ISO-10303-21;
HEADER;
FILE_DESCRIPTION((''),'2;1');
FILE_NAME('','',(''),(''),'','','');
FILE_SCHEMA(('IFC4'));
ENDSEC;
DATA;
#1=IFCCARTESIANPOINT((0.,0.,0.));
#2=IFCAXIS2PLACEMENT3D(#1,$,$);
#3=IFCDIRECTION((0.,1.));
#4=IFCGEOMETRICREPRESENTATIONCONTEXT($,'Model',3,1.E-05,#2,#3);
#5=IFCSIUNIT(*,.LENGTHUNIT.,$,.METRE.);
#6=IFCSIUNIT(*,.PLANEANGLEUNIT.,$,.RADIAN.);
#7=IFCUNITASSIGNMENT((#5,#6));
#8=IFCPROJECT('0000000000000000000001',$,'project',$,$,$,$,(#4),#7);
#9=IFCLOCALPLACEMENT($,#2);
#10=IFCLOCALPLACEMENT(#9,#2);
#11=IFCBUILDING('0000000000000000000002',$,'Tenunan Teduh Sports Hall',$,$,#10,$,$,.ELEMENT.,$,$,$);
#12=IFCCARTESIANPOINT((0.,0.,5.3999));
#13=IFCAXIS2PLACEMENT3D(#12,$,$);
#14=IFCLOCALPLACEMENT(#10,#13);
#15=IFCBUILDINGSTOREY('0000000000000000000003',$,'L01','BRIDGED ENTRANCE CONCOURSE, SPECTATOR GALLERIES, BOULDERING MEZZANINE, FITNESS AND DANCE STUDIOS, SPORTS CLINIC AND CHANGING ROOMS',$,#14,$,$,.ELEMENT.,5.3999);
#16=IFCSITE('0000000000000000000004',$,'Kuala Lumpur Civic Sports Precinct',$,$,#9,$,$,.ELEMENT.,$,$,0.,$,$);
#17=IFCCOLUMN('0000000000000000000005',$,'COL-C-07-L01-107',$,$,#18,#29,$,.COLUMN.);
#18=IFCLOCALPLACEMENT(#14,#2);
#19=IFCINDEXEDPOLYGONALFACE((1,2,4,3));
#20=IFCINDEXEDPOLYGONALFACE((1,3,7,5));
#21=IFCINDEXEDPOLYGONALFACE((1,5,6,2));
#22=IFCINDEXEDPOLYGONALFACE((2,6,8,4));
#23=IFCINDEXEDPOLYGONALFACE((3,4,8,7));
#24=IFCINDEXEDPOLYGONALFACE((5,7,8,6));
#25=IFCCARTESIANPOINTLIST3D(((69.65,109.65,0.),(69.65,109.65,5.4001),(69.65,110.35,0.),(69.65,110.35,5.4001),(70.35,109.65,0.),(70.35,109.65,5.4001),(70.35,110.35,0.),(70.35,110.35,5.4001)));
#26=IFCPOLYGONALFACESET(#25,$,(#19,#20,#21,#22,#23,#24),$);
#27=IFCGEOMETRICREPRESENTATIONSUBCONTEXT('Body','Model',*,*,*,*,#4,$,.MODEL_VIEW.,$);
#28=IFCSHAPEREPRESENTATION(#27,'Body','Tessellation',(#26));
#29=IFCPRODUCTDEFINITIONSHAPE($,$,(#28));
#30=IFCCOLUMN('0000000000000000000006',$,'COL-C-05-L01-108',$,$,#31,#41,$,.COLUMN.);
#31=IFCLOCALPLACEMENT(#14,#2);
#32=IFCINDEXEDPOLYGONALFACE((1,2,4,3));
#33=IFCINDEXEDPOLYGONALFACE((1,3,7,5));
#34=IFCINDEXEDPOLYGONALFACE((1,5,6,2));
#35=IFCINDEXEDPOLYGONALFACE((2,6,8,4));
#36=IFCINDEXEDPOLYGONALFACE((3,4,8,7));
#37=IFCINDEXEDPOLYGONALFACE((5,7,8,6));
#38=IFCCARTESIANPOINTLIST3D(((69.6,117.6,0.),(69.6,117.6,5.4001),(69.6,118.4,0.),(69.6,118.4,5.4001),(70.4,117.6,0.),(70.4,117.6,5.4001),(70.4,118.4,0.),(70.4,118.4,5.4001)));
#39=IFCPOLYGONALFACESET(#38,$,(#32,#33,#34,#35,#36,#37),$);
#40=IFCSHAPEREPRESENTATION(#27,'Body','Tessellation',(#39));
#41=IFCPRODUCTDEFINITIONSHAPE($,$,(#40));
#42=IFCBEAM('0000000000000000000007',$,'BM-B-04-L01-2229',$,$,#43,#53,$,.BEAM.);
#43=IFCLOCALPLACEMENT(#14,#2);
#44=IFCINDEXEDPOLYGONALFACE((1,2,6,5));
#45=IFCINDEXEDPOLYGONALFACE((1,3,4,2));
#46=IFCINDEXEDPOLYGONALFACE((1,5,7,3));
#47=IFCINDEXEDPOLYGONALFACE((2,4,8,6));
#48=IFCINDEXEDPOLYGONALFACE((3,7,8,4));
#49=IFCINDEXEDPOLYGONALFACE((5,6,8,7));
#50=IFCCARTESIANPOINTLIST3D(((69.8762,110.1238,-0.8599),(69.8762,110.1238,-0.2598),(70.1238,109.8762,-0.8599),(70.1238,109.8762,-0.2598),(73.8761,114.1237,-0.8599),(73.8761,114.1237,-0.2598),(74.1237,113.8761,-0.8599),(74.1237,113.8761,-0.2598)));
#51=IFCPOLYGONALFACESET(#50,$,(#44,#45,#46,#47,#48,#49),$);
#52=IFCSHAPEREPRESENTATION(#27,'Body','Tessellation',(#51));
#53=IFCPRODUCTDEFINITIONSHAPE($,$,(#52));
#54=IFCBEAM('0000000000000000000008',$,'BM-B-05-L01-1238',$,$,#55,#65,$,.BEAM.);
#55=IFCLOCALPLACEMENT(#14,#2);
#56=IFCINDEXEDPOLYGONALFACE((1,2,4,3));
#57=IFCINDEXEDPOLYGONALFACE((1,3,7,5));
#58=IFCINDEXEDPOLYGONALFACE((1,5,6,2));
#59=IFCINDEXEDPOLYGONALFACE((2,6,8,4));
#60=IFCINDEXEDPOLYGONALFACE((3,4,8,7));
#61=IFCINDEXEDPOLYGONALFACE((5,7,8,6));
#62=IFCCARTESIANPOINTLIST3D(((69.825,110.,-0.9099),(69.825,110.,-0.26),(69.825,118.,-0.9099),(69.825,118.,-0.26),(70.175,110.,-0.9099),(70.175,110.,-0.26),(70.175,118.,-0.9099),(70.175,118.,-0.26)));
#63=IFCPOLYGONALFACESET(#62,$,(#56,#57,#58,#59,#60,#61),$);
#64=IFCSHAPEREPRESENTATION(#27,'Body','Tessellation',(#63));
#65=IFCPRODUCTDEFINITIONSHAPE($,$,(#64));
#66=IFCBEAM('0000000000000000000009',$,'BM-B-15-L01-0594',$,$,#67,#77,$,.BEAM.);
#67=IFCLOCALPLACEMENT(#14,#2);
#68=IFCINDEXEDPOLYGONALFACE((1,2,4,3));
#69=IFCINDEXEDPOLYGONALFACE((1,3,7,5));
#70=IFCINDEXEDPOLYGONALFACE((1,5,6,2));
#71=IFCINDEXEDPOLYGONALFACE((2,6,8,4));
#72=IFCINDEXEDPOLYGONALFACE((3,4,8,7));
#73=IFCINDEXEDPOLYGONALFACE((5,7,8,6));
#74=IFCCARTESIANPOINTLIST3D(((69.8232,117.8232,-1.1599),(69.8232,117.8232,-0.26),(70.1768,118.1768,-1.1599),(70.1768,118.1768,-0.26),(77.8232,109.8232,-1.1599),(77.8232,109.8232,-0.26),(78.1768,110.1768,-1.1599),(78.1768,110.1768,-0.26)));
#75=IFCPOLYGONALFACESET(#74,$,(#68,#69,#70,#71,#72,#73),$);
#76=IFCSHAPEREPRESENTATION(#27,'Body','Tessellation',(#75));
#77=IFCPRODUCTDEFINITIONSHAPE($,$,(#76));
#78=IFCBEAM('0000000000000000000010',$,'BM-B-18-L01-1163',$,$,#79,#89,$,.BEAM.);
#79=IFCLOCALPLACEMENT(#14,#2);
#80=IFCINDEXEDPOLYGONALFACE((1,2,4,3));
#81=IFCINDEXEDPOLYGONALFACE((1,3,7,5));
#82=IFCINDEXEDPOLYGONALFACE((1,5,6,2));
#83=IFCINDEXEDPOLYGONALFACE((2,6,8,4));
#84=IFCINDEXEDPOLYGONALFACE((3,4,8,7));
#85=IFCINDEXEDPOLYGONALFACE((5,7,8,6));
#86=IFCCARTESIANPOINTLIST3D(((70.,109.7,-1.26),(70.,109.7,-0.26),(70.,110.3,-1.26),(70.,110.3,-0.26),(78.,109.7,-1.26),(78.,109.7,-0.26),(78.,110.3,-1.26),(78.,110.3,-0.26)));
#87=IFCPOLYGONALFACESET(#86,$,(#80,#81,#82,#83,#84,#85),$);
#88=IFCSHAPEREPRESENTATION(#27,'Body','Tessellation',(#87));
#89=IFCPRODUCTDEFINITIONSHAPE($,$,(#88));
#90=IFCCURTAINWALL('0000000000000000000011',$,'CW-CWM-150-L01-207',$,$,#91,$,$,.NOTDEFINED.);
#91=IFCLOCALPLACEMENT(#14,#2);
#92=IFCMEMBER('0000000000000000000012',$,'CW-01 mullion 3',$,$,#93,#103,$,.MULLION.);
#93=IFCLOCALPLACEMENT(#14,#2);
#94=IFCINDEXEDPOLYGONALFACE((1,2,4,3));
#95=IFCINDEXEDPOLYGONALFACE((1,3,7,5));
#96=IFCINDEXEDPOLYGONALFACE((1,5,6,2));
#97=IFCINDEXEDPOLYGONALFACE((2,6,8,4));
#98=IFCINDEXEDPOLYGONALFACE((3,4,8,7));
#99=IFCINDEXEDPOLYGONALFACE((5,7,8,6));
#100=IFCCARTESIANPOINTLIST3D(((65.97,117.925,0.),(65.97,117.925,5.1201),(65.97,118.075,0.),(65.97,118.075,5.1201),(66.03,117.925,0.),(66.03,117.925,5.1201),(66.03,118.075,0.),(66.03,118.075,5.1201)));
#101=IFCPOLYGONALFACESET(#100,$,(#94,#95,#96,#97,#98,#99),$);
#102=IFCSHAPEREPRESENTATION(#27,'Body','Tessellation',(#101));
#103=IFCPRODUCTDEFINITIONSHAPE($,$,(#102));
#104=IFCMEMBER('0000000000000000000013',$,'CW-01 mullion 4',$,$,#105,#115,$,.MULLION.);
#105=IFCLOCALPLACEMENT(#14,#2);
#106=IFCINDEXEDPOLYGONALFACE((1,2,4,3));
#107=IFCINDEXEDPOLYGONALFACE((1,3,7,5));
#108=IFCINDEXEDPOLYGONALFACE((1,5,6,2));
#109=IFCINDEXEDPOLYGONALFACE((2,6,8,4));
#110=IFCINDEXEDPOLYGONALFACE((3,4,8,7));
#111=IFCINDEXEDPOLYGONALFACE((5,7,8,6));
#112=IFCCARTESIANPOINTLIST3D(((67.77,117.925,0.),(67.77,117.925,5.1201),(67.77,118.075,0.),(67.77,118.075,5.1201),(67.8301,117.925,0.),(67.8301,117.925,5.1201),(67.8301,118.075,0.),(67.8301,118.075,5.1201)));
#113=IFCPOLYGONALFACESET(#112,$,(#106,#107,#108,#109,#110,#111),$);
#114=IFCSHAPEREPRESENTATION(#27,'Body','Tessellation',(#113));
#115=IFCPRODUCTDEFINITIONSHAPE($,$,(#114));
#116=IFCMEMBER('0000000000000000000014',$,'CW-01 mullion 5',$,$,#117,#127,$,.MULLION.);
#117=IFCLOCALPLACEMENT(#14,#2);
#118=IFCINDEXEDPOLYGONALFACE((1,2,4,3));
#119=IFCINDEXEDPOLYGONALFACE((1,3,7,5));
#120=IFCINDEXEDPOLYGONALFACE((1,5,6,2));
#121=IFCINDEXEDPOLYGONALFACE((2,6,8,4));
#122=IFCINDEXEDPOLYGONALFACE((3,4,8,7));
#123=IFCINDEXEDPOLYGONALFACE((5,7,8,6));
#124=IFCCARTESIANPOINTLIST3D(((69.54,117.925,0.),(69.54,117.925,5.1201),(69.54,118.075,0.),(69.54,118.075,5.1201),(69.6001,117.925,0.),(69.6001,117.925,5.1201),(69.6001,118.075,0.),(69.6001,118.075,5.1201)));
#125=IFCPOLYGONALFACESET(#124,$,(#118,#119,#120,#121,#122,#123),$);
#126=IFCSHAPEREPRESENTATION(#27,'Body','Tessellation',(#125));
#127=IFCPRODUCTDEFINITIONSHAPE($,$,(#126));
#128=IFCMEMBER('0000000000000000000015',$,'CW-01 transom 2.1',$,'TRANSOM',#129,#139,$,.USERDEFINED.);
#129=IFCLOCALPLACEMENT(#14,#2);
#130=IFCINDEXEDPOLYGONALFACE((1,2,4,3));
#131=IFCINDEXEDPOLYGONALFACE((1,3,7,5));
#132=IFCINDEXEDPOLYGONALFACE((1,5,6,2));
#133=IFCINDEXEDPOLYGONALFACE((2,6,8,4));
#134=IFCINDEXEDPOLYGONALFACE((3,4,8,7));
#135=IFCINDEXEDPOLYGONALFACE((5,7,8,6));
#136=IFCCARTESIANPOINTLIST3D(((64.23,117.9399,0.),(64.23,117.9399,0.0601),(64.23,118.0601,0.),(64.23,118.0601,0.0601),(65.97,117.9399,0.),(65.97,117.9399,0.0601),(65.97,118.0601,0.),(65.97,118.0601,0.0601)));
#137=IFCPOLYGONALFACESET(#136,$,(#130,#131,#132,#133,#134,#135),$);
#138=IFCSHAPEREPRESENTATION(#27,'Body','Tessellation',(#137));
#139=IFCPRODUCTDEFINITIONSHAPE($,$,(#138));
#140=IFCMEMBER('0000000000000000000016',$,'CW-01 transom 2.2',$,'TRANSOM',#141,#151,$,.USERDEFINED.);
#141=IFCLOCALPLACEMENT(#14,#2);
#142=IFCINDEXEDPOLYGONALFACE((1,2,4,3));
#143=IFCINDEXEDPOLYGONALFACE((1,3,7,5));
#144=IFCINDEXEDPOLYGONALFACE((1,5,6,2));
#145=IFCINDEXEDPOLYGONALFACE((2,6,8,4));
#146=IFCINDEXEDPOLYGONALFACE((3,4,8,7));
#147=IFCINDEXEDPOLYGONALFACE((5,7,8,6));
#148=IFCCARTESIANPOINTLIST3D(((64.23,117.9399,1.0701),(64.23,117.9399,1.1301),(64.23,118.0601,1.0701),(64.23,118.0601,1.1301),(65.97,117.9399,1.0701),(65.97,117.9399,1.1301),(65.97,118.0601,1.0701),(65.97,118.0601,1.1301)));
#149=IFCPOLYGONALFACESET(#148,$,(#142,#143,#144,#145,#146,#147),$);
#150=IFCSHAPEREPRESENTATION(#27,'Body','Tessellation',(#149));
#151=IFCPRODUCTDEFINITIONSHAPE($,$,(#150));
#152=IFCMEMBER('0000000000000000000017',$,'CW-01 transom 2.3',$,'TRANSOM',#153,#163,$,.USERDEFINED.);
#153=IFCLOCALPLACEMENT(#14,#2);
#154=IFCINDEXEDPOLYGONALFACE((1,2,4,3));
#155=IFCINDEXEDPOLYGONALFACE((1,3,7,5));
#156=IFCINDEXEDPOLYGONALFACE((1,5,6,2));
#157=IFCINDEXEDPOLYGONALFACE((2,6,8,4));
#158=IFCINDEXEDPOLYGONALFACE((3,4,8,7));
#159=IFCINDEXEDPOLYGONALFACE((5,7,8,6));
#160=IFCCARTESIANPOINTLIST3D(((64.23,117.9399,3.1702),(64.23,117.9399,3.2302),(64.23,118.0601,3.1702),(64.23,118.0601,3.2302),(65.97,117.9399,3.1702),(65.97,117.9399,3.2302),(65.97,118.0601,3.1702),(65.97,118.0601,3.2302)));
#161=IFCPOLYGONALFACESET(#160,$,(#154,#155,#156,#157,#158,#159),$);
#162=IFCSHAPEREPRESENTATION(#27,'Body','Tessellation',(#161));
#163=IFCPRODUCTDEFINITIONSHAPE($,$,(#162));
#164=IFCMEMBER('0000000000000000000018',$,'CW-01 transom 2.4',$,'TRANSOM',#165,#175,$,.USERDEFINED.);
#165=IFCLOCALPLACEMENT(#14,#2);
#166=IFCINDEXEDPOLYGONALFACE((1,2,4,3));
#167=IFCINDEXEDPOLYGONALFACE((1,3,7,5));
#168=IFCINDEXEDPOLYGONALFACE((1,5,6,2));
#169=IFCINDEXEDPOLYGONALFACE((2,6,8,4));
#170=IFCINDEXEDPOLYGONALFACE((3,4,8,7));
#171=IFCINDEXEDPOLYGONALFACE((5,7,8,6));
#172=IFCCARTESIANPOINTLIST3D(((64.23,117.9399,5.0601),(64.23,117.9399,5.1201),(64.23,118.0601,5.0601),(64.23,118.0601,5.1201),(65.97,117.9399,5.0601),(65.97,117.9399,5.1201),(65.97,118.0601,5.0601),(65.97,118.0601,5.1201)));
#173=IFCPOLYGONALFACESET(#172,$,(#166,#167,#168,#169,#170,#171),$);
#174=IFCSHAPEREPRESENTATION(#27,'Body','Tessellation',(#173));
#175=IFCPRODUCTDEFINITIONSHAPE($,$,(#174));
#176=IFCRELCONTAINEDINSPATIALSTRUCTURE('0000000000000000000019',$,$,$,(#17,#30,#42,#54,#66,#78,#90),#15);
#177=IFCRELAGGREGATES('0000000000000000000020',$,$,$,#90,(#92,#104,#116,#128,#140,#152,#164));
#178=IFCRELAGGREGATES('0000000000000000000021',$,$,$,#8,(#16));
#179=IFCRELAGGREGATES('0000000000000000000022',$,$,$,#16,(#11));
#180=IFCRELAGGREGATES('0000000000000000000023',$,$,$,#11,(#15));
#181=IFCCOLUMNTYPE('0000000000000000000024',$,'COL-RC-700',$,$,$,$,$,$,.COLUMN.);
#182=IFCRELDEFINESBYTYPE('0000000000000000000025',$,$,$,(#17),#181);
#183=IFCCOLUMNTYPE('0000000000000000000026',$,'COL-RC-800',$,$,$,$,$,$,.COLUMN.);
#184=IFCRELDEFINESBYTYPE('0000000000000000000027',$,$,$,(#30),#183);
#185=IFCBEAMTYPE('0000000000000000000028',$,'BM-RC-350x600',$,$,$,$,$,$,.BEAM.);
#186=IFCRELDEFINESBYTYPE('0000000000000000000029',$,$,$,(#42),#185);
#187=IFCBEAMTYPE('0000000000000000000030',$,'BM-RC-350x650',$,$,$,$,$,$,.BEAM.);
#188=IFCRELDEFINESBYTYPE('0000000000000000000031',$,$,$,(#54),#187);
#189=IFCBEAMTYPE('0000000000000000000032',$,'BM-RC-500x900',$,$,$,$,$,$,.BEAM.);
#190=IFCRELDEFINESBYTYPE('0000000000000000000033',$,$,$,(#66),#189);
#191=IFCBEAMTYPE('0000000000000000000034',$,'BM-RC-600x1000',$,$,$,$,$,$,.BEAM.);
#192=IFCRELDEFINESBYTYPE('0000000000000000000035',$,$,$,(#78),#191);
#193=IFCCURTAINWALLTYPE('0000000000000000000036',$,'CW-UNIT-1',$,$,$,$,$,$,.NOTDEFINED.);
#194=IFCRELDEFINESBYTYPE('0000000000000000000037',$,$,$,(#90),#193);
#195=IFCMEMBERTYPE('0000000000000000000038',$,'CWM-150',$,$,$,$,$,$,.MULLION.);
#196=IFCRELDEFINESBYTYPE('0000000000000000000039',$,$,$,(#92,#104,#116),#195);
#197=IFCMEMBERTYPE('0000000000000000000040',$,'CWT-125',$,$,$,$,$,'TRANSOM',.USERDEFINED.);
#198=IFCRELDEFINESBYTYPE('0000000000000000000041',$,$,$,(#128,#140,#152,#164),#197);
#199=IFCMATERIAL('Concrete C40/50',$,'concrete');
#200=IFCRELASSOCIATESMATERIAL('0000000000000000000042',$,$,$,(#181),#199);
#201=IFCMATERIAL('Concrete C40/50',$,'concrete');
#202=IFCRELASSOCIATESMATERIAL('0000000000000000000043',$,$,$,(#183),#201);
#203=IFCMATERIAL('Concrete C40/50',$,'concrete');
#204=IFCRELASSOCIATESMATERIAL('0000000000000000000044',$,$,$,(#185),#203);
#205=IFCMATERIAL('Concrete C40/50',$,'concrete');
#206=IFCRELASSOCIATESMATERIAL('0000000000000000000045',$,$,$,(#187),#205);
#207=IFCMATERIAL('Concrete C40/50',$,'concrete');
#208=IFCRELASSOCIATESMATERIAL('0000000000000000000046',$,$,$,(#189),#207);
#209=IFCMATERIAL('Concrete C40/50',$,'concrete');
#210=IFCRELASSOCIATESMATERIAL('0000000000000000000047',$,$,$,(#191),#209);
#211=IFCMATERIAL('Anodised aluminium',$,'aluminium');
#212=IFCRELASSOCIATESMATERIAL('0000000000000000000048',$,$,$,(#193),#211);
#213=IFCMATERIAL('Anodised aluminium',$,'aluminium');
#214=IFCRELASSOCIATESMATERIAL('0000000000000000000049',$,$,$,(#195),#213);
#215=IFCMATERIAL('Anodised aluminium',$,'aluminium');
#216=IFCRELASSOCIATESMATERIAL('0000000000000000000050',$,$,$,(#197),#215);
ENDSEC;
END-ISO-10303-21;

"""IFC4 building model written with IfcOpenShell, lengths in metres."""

from ifc_helpers import new_model, si_unit, direction, frame, origin, origin_2d, place, context, subcontext, project, spatial, rectangle, extrude, material, material_profile, profile_set, type_object, element, aggregate, save


model = new_model("IFC4")

# Units and contexts
model_context = context("Model", 3, precision=1e-05, world=origin(), true_north=direction((0.0, 1.0)))
body_context = subcontext(model_context, "Body", "Model", "MODEL_VIEW")
ifc_project = project(units=[si_unit("LENGTHUNIT", "METRE"), si_unit("PLANEANGLEUNIT", "RADIAN")], contexts=[model_context])

# Site, building, storey
site_placement = place(None, origin())
site = spatial("IfcSite", under=ifc_project, at=site_placement, Name="Kuala Lumpur Civic Sports Precinct", CompositionType="ELEMENT", RefElevation=0.0)
building_placement = place(site_placement, origin())
building = spatial("IfcBuilding", under=site, at=building_placement, Name="Tenunan Teduh Sports Hall", CompositionType="ELEMENT")
storey_placement = place(building_placement, frame((0.0, 0.0, 5.3999)))
storey = spatial("IfcBuildingStorey", under=building, at=storey_placement, Name="L01", Description="BRIDGED ENTRANCE CONCOURSE, SPECTATOR GALLERIES, BOULDERING MEZZANINE, FITNESS AND DANCE STUDIOS, SPORTS CLINIC AND CHANGING ROOMS", CompositionType="ELEMENT", Elevation=5.3999)

# Columns
ifc_material_1 = material(Name="Concrete C40/50", Category="concrete")
ifc_material_profile_1 = material_profile(ifc_material_1, rectangle(XDim=0.7, YDim=0.7, at=origin_2d()), Name="RC 700x700")
ifc_profile_set_1 = profile_set([ifc_material_profile_1], Name="Concrete C40/50")
column_type_1 = type_object("IfcColumnType", Name="COL-RC-700", PredefinedType="COLUMN", material=ifc_profile_set_1)
column_1_placement = place(storey_placement, frame((70.0, 110.0, 0.0), z_axis=(0.0, 0.0, 1.0), x_axis=(1.0, 0.0, 0.0)))
element("IfcColumn", 1, at=column_1_placement, inside=storey, type_object=column_type_1, Name="COL-C-07-L01-107", PredefinedType="COLUMN", context=body_context, shape_type="SweptSolid", body=[
    extrude(rectangle(XDim=0.7, YDim=0.7, at=origin_2d()), origin(), (0.0, 0.0, 1.0), 5.4001),
])
ifc_material_2 = material(Name="Concrete C40/50", Category="concrete")
ifc_material_profile_2 = material_profile(ifc_material_2, rectangle(XDim=0.8, YDim=0.8, at=origin_2d()), Name="RC 800x800")
ifc_profile_set_2 = profile_set([ifc_material_profile_2], Name="Concrete C40/50")
column_type_2 = type_object("IfcColumnType", Name="COL-RC-800", PredefinedType="COLUMN", material=ifc_profile_set_2)
column_2_placement = place(storey_placement, frame((70.0, 118.0, 0.0), z_axis=(0.0, 0.0, 1.0), x_axis=(1.0, 0.0, 0.0)))
element("IfcColumn", 2, at=column_2_placement, inside=storey, type_object=column_type_2, Name="COL-C-05-L01-108", PredefinedType="COLUMN", context=body_context, shape_type="SweptSolid", body=[
    extrude(rectangle(XDim=0.8, YDim=0.8, at=origin_2d()), origin(), (0.0, 0.0, 1.0), 5.4001),
])

# Beams
ifc_material_3 = material(Name="Concrete C40/50", Category="concrete")
ifc_material_profile_3 = material_profile(ifc_material_3, rectangle(XDim=0.3501, YDim=0.6001, at=origin_2d()), Name="RCB 350x600")
ifc_profile_set_3 = profile_set([ifc_material_profile_3], Name="Concrete C40/50")
beam_type_1 = type_object("IfcBeamType", Name="BM-RC-350x600", PredefinedType="BEAM", material=ifc_profile_set_3)
beam_1_placement = place(storey_placement, frame((70.0, 110.0, -0.5598), z_axis=(0.707107, 0.707107, 0.0), x_axis=(-0.707107, 0.707107, 0.0)))
element("IfcBeam", 3, at=beam_1_placement, inside=storey, type_object=beam_type_1, Name="BM-B-04-L01-2229", PredefinedType="BEAM", context=body_context, shape_type="SweptSolid", body=[
    extrude(rectangle(XDim=0.3501, YDim=0.6001, at=origin_2d()), origin(), (0.0, 0.0, 1.0), 5.6567),
])
ifc_material_4 = material(Name="Concrete C40/50", Category="concrete")
ifc_material_profile_4 = material_profile(ifc_material_4, rectangle(XDim=0.3501, YDim=0.6499, at=origin_2d()), Name="RCB 350x650")
ifc_profile_set_4 = profile_set([ifc_material_profile_4], Name="Concrete C40/50")
beam_type_2 = type_object("IfcBeamType", Name="BM-RC-350x650", PredefinedType="BEAM", material=ifc_profile_set_4)
beam_2_placement = place(storey_placement, frame((70.0, 110.0, -0.585), z_axis=(0.0, 1.0, 0.0), x_axis=(-1.0, 0.0, 0.0)))
element("IfcBeam", 4, at=beam_2_placement, inside=storey, type_object=beam_type_2, Name="BM-B-05-L01-1238", PredefinedType="BEAM", context=body_context, shape_type="SweptSolid", body=[
    extrude(rectangle(XDim=0.3501, YDim=0.6499, at=origin_2d()), origin(), (0.0, 0.0, 1.0), 8.0),
])
ifc_material_5 = material(Name="Concrete C40/50", Category="concrete")
ifc_material_profile_5 = material_profile(ifc_material_5, rectangle(XDim=0.5, YDim=0.8999, at=origin_2d()), Name="RCB 500x900")
ifc_profile_set_5 = profile_set([ifc_material_profile_5], Name="Concrete C40/50")
beam_type_3 = type_object("IfcBeamType", Name="BM-RC-500x900", PredefinedType="BEAM", material=ifc_profile_set_5)
beam_3_placement = place(storey_placement, frame((70.0, 118.0, -0.71), z_axis=(0.707107, -0.707107, 0.0), x_axis=(0.707107, 0.707107, 0.0)))
element("IfcBeam", 5, at=beam_3_placement, inside=storey, type_object=beam_type_3, Name="BM-B-15-L01-0594", PredefinedType="BEAM", context=body_context, shape_type="SweptSolid", body=[
    extrude(rectangle(XDim=0.5, YDim=0.8999, at=origin_2d()), origin(), (0.0, 0.0, 1.0), 11.3137),
])
ifc_material_6 = material(Name="Concrete C40/50", Category="concrete")
ifc_material_profile_6 = material_profile(ifc_material_6, rectangle(XDim=0.6001, YDim=1.0, at=origin_2d()), Name="RCB 600x1000")
ifc_profile_set_6 = profile_set([ifc_material_profile_6], Name="Concrete C40/50")
beam_type_4 = type_object("IfcBeamType", Name="BM-RC-600x1000", PredefinedType="BEAM", material=ifc_profile_set_6)
beam_4_placement = place(storey_placement, frame((70.0, 110.0, -0.76), z_axis=(1.0, 0.0, 0.0), x_axis=(0.0, 1.0, 0.0)))
element("IfcBeam", 6, at=beam_4_placement, inside=storey, type_object=beam_type_4, Name="BM-B-18-L01-1163", PredefinedType="BEAM", context=body_context, shape_type="SweptSolid", body=[
    extrude(rectangle(XDim=0.6001, YDim=1.0, at=origin_2d()), origin(), (0.0, 0.0, 1.0), 8.0),
])

# Curtain wall, members
ifc_material_7 = material(Name="Anodised aluminium", Category="aluminium")
curtain_wall_type = type_object("IfcCurtainWallType", Name="CW-UNIT-1", PredefinedType="NOTDEFINED", material=ifc_material_7)
curtain_wall_placement = place(storey_placement, origin())
curtain_wall = element("IfcCurtainWall", 7, at=curtain_wall_placement, inside=storey, type_object=curtain_wall_type, Name="CW-CWM-150-L01-207", PredefinedType="NOTDEFINED")
ifc_material_8 = material(Name="Anodised aluminium", Category="aluminium")
ifc_material_profile_7 = material_profile(ifc_material_8, rectangle(XDim=0.0601, YDim=0.1499, at=origin_2d()), Name="CWM 60x150")
ifc_profile_set_7 = profile_set([ifc_material_profile_7], Name="Anodised aluminium")
member_type_1 = type_object("IfcMemberType", Name="CWM-150", PredefinedType="MULLION", material=ifc_profile_set_7)
member_1_placement = place(storey_placement, frame((66.0, 118.0, 0.0), z_axis=(0.0, 0.0, 1.0), x_axis=(1.0, 0.0, 0.0)))
member_1 = element("IfcMember", 8, at=member_1_placement, type_object=member_type_1, Name="CW-01 mullion 3", PredefinedType="MULLION", context=body_context, shape_type="SweptSolid", body=[
    extrude(rectangle(XDim=0.0601, YDim=0.1499, at=origin_2d()), origin(), (0.0, 0.0, 1.0), 5.1201),
])
member_2_placement = place(storey_placement, frame((67.8, 118.0, 0.0), z_axis=(0.0, 0.0, 1.0), x_axis=(1.0, 0.0, 0.0)))
member_2 = element("IfcMember", 9, at=member_2_placement, type_object=member_type_1, Name="CW-01 mullion 4", PredefinedType="MULLION", context=body_context, shape_type="SweptSolid", body=[
    extrude(rectangle(XDim=0.0601, YDim=0.1499, at=origin_2d()), origin(), (0.0, 0.0, 1.0), 5.1201),
])
member_3_placement = place(storey_placement, frame((69.5701, 118.0, 0.0), z_axis=(0.0, 0.0, 1.0), x_axis=(1.0, 0.0, 0.0)))
member_3 = element("IfcMember", 10, at=member_3_placement, type_object=member_type_1, Name="CW-01 mullion 5", PredefinedType="MULLION", context=body_context, shape_type="SweptSolid", body=[
    extrude(rectangle(XDim=0.0601, YDim=0.1499, at=origin_2d()), origin(), (0.0, 0.0, 1.0), 5.1201),
])
ifc_material_9 = material(Name="Anodised aluminium", Category="aluminium")
ifc_material_profile_8 = material_profile(ifc_material_9, rectangle(XDim=0.0601, YDim=0.1201, at=origin_2d()), Name="CWT 60x120")
ifc_profile_set_8 = profile_set([ifc_material_profile_8], Name="Anodised aluminium")
member_type_2 = type_object("IfcMemberType", Name="CWT-125", ElementType="TRANSOM", PredefinedType="USERDEFINED", material=ifc_profile_set_8)
member_4_placement = place(storey_placement, frame((64.23, 118.0, 0.03), z_axis=(1.0, 0.0, 0.0), x_axis=(0.0, 0.0, 1.0)))
member_4 = element("IfcMember", 11, at=member_4_placement, type_object=member_type_2, Name="CW-01 transom 2.1", ObjectType="TRANSOM", PredefinedType="USERDEFINED", context=body_context, shape_type="SweptSolid", body=[
    extrude(rectangle(XDim=0.0601, YDim=0.1201, at=origin_2d()), origin(), (0.0, 0.0, 1.0), 1.74),
])
member_5_placement = place(storey_placement, frame((64.23, 118.0, 1.1001), z_axis=(1.0, 0.0, 0.0), x_axis=(0.0, 0.0, 1.0)))
member_5 = element("IfcMember", 12, at=member_5_placement, type_object=member_type_2, Name="CW-01 transom 2.2", ObjectType="TRANSOM", PredefinedType="USERDEFINED", context=body_context, shape_type="SweptSolid", body=[
    extrude(rectangle(XDim=0.0601, YDim=0.1201, at=origin_2d()), origin(), (0.0, 0.0, 1.0), 1.74),
])
member_6_placement = place(storey_placement, frame((64.23, 118.0, 3.2002), z_axis=(1.0, 0.0, 0.0), x_axis=(0.0, 0.0, 1.0)))
member_6 = element("IfcMember", 13, at=member_6_placement, type_object=member_type_2, Name="CW-01 transom 2.3", ObjectType="TRANSOM", PredefinedType="USERDEFINED", context=body_context, shape_type="SweptSolid", body=[
    extrude(rectangle(XDim=0.0601, YDim=0.1201, at=origin_2d()), origin(), (0.0, 0.0, 1.0), 1.74),
])
member_7_placement = place(storey_placement, frame((64.23, 118.0, 5.0901), z_axis=(1.0, 0.0, 0.0), x_axis=(0.0, 0.0, 1.0)))
member_7 = element("IfcMember", 14, at=member_7_placement, type_object=member_type_2, Name="CW-01 transom 2.4", ObjectType="TRANSOM", PredefinedType="USERDEFINED", context=body_context, shape_type="SweptSolid", body=[
    extrude(rectangle(XDim=0.0601, YDim=0.1201, at=origin_2d()), origin(), (0.0, 0.0, 1.0), 1.74),
])

aggregate(curtain_wall, [member_1, member_2, member_3, member_4, member_5, member_6, member_7])

save(model, "model.ifc")
